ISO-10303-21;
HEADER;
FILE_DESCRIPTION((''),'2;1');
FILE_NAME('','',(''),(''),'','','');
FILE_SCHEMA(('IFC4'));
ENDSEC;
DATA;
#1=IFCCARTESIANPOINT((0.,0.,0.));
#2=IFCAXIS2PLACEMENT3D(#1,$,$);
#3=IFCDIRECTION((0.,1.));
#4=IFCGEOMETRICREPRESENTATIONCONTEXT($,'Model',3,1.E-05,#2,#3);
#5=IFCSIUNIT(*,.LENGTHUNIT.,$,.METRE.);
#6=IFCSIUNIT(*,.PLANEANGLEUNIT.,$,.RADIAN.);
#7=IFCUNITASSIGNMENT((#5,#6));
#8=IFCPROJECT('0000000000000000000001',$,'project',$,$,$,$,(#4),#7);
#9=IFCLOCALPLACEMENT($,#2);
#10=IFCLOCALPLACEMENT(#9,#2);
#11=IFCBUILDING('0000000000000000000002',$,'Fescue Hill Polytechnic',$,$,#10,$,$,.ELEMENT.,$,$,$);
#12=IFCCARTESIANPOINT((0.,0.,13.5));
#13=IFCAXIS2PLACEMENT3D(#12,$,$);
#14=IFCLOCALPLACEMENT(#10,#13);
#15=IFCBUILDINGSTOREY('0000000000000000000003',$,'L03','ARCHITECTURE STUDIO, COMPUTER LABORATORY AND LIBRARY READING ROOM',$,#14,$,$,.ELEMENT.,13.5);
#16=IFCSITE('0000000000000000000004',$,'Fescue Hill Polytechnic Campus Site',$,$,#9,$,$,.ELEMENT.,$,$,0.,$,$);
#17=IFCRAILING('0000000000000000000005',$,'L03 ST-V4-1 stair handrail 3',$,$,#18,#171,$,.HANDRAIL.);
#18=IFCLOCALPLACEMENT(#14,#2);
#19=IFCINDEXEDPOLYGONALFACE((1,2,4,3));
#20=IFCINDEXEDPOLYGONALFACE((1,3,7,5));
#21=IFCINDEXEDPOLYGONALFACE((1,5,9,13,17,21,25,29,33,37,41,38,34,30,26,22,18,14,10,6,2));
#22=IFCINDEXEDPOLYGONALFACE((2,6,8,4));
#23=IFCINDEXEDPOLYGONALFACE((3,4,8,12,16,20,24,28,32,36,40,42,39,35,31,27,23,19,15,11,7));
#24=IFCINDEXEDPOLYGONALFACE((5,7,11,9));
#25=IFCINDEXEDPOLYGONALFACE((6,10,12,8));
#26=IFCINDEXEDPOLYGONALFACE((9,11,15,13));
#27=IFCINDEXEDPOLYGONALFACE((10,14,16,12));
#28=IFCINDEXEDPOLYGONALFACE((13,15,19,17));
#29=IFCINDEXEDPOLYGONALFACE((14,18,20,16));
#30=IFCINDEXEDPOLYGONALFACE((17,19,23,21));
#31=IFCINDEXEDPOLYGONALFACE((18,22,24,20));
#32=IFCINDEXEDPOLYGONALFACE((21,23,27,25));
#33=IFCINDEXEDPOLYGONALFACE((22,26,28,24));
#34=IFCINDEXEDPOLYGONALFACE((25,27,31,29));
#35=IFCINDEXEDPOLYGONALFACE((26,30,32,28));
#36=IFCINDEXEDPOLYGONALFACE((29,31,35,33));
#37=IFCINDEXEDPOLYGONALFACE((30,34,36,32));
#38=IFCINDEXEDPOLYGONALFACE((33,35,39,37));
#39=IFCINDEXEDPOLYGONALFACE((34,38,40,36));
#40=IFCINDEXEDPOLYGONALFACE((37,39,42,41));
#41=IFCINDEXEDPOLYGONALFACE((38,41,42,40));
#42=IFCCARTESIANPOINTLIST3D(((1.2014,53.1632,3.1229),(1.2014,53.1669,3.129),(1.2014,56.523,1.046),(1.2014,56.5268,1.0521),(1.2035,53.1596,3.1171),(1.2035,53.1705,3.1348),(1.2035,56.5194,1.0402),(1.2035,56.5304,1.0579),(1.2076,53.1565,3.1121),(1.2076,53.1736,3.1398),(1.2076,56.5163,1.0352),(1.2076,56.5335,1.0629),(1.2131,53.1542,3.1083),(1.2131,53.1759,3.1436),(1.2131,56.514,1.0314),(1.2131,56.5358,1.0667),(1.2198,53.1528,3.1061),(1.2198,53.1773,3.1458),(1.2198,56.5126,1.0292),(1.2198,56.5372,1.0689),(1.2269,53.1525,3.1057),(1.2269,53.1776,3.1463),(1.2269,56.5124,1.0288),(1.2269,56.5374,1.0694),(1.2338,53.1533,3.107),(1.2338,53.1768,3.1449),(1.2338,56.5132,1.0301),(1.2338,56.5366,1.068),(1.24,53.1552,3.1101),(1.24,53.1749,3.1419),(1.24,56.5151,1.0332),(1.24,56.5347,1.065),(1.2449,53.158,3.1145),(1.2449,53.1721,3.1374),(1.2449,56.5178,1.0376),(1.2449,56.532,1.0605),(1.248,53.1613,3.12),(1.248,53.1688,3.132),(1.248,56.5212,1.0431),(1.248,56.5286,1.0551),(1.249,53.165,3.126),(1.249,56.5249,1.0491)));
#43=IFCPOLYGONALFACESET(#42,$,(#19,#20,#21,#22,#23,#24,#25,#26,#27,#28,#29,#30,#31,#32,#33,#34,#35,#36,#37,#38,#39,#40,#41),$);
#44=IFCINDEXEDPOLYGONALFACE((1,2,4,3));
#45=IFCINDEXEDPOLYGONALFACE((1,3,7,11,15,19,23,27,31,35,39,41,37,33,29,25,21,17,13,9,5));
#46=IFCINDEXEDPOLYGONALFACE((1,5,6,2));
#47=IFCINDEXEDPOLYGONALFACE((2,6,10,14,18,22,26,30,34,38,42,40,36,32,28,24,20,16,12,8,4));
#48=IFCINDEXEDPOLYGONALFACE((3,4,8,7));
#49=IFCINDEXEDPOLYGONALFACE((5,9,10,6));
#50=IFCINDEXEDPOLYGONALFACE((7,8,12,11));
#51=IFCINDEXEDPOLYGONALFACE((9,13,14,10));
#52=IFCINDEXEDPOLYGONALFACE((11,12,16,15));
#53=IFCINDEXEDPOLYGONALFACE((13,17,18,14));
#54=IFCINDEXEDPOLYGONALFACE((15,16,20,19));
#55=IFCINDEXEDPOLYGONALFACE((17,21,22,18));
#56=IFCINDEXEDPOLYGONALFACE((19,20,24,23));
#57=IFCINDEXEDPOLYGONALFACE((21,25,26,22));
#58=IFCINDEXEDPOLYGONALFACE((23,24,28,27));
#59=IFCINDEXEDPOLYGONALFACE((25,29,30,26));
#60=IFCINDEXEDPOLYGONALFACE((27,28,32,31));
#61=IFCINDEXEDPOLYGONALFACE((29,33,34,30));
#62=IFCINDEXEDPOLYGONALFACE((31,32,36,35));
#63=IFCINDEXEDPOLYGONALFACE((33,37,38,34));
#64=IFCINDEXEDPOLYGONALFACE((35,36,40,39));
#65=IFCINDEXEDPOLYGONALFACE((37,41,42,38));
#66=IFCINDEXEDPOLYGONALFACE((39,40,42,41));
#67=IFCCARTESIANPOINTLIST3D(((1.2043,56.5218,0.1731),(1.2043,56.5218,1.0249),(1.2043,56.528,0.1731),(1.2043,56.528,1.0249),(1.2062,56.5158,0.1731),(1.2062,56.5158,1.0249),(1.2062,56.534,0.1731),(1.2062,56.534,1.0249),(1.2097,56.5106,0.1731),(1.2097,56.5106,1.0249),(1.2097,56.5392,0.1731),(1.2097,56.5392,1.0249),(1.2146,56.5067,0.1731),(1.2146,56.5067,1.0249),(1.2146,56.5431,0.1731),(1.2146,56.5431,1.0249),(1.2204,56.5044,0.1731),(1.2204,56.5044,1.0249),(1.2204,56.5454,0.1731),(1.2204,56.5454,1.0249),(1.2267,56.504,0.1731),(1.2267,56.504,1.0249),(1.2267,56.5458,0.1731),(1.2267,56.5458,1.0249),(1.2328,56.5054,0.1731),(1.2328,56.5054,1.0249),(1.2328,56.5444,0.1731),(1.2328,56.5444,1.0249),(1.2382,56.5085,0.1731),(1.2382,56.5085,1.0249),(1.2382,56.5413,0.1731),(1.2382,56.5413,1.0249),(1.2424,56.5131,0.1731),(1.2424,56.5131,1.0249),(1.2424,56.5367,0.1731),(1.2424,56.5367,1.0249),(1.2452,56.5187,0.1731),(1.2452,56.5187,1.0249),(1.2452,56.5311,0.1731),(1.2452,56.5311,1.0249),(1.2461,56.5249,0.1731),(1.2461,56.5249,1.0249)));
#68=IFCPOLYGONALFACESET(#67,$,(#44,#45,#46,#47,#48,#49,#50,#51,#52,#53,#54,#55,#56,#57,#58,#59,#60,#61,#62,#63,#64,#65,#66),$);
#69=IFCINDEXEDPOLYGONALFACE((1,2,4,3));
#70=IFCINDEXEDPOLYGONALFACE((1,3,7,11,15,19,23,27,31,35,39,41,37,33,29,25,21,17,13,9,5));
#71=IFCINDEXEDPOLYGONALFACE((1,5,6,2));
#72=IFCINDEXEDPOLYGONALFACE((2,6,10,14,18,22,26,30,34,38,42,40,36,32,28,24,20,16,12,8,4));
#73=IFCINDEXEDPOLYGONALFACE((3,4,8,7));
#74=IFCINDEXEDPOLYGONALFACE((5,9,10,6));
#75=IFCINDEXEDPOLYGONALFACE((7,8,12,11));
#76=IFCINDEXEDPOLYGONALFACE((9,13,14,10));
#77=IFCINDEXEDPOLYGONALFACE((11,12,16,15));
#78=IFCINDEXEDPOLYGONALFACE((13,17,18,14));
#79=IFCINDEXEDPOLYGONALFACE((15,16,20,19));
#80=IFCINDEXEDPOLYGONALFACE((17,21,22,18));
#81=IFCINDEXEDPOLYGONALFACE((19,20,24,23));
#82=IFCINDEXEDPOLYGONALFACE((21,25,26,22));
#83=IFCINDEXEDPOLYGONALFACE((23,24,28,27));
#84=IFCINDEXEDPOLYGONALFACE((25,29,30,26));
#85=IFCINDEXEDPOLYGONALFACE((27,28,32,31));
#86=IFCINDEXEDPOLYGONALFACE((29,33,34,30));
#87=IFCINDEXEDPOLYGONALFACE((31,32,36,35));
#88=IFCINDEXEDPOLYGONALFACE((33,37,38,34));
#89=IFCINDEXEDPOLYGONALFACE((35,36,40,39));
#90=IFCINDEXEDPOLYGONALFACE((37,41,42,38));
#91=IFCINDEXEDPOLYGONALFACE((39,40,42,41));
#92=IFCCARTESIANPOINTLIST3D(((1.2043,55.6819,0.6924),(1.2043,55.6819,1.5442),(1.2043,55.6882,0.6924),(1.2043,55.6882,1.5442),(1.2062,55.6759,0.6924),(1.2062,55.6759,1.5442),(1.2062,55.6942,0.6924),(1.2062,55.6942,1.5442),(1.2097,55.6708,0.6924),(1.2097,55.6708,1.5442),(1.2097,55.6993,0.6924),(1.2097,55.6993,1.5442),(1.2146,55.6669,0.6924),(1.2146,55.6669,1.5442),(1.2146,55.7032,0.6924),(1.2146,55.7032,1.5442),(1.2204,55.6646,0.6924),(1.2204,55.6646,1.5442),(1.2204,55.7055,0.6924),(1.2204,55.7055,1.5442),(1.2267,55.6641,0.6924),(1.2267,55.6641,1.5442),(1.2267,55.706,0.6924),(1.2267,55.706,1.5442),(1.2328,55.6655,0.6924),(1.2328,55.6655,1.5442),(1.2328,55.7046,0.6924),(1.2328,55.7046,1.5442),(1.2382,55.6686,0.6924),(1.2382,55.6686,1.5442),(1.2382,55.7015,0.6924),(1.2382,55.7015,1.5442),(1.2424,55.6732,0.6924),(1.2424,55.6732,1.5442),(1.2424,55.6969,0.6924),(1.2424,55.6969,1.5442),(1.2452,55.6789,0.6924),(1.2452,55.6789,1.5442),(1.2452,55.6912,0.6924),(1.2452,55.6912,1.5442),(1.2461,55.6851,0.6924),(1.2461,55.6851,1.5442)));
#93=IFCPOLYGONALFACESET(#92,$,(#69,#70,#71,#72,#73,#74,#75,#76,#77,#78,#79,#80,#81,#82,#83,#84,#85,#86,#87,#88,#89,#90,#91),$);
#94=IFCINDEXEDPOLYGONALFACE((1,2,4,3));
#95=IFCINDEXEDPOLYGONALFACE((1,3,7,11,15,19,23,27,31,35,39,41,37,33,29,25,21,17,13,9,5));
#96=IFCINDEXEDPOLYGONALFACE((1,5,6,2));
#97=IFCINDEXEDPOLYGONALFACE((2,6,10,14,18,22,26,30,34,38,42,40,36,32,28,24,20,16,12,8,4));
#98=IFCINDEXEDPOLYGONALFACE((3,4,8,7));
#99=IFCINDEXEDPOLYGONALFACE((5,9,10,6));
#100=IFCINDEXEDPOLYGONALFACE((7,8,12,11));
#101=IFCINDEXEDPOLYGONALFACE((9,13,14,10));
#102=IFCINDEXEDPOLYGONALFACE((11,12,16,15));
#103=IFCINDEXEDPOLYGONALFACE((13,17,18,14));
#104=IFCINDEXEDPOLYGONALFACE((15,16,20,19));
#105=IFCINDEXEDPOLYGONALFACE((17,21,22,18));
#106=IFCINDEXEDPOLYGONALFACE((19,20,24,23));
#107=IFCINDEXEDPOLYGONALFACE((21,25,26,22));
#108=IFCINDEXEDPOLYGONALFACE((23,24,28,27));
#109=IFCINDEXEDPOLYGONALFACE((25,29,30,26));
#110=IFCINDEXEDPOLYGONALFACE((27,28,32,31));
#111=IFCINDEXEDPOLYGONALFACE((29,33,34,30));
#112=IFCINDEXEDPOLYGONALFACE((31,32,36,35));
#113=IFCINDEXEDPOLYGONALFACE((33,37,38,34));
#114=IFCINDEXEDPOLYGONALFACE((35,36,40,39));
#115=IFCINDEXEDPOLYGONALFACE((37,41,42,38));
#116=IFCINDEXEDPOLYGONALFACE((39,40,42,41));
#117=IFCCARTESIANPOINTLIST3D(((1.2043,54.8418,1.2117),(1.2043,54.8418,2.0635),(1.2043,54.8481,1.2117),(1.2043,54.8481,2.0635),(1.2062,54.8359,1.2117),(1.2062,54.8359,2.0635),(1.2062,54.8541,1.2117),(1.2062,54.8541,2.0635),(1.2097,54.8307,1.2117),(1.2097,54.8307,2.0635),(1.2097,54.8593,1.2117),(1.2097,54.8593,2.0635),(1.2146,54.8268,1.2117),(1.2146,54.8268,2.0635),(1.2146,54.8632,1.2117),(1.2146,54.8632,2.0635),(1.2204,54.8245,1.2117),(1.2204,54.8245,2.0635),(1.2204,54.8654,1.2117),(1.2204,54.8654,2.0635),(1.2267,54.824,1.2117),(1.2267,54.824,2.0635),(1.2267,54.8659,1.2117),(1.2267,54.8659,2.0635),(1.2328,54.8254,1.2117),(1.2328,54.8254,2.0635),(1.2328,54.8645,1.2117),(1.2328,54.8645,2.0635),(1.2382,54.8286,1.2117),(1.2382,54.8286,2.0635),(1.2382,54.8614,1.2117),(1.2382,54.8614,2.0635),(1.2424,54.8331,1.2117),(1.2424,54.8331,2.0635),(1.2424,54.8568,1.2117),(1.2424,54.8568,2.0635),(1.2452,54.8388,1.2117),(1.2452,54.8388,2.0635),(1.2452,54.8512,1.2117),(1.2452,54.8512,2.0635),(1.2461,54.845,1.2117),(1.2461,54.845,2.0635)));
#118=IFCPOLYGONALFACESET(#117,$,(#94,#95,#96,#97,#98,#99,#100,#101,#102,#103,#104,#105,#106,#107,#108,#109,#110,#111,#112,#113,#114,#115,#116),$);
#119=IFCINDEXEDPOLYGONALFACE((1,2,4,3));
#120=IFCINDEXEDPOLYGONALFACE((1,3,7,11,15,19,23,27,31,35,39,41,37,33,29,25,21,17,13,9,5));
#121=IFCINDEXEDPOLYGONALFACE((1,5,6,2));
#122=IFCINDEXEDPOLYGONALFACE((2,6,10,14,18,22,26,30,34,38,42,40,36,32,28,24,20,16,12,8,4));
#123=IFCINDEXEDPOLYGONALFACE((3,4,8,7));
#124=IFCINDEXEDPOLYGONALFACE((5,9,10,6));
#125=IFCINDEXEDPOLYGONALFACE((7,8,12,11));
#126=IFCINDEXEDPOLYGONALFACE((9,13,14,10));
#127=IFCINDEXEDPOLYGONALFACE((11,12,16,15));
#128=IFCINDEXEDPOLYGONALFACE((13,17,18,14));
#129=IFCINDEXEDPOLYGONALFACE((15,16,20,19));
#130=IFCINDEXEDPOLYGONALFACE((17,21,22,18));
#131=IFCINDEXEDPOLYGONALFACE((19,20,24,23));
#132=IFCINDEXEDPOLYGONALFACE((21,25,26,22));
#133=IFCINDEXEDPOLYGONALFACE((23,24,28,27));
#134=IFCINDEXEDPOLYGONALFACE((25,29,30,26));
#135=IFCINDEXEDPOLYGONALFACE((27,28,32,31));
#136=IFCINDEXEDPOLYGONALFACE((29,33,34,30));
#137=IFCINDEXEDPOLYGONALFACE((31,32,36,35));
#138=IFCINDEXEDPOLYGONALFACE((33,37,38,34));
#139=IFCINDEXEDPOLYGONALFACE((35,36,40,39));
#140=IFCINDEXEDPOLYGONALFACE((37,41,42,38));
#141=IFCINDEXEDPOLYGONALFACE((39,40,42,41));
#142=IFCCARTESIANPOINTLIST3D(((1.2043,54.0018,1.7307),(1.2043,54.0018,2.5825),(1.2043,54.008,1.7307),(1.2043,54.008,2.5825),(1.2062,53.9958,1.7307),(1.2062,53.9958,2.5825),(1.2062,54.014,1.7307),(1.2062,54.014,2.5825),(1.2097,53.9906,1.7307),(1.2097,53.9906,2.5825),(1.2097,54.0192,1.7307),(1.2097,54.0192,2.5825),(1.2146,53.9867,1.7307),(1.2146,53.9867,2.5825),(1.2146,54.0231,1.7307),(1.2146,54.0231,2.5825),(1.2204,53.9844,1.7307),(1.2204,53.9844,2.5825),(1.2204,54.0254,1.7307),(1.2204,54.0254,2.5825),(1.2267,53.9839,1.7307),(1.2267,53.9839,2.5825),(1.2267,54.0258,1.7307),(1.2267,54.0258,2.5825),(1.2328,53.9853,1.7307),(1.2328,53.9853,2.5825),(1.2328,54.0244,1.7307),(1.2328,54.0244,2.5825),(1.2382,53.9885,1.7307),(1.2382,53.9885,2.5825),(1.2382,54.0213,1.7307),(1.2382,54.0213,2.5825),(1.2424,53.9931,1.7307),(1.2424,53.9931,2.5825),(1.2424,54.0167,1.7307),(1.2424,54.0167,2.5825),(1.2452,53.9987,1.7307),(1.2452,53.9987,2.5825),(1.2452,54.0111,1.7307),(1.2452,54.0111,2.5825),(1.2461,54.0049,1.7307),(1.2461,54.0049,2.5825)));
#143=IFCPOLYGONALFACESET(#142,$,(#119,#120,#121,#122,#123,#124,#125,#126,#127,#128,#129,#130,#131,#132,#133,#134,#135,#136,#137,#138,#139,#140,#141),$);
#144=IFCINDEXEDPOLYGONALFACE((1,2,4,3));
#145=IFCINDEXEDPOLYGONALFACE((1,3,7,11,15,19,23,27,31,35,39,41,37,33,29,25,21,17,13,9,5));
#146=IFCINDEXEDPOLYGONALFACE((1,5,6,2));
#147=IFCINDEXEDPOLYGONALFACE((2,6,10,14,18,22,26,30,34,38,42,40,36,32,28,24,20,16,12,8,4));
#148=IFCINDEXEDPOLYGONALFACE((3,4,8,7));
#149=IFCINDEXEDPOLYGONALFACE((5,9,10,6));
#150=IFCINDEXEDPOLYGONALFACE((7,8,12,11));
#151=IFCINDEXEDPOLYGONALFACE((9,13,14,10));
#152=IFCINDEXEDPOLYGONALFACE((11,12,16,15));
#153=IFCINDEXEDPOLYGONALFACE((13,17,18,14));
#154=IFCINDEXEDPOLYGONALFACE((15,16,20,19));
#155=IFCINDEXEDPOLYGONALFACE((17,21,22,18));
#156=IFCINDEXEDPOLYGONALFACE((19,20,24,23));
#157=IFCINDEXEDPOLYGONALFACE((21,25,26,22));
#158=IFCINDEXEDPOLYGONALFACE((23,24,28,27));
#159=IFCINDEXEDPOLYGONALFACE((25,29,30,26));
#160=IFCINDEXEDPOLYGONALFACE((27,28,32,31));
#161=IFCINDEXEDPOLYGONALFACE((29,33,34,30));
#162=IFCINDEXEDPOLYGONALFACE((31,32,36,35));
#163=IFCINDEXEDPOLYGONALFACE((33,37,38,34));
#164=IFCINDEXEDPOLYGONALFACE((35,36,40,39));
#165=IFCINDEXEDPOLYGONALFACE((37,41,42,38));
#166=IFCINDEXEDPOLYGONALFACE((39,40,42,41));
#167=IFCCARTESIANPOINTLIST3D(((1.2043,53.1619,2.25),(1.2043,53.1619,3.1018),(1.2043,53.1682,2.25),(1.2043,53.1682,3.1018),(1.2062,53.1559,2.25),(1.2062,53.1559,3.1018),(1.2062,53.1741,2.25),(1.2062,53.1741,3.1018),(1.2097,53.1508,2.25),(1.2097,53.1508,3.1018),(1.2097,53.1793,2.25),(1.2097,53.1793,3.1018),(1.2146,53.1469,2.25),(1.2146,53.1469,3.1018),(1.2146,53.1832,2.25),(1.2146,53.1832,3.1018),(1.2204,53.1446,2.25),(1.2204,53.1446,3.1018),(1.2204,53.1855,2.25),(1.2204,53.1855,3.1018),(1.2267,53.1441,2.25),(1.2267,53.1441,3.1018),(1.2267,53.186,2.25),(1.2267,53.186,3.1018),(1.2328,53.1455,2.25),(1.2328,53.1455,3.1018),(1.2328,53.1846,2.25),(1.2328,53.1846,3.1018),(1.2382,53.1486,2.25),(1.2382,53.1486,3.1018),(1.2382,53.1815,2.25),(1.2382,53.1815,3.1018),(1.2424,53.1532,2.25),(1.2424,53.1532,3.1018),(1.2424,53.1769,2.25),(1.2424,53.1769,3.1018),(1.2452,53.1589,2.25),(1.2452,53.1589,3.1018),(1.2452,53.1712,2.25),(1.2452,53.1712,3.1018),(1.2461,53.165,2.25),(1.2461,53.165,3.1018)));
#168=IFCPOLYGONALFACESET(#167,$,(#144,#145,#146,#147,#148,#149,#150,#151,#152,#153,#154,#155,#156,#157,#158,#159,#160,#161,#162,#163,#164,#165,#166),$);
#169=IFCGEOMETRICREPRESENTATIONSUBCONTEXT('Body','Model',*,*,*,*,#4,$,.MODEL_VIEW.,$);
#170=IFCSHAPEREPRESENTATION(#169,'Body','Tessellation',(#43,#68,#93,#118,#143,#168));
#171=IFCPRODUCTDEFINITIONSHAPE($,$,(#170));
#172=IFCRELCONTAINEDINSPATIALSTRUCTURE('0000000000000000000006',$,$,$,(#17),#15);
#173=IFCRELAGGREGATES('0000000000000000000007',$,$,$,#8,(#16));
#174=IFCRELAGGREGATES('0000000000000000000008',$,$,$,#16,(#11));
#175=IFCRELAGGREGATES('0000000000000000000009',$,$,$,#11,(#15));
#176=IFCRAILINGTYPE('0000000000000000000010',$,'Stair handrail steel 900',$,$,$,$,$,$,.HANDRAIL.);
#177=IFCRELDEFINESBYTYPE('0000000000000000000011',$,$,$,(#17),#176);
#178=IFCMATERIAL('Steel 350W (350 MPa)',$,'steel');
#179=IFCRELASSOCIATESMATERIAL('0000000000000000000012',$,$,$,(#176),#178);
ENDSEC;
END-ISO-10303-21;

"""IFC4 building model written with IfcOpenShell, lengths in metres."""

from ifc_helpers import new_model, si_unit, direction, frame, origin, origin_2d, place, context, subcontext, project, spatial, circle, extrude, material, type_object, element, save


model = new_model("IFC4")

# Units and contexts
model_context = context("Model", 3, precision=1e-05, world=origin(), true_north=direction((0.0, 1.0)))
body_context = subcontext(model_context, "Body", "Model", "MODEL_VIEW")
ifc_project = project(units=[si_unit("LENGTHUNIT", "METRE"), si_unit("PLANEANGLEUNIT", "RADIAN")], contexts=[model_context])

# Site, building, storey
site_placement = place(None, origin())
site = spatial("IfcSite", under=ifc_project, at=site_placement, Name="Fescue Hill Polytechnic Campus Site", CompositionType="ELEMENT", RefElevation=0.0)
building_placement = place(site_placement, origin())
building = spatial("IfcBuilding", under=site, at=building_placement, Name="Fescue Hill Polytechnic", CompositionType="ELEMENT")
storey_placement = place(building_placement, frame((0.0, 0.0, 13.5)))
storey = spatial("IfcBuildingStorey", under=building, at=storey_placement, Name="L03", Description="ARCHITECTURE STUDIO, COMPUTER LABORATORY AND LIBRARY READING ROOM", CompositionType="ELEMENT", Elevation=13.5)

# Railing
ifc_material_1 = material(Name="Steel 350W (350 MPa)", Category="steel")
railing_type_1 = type_object("IfcRailingType", Name="Stair handrail steel 900", PredefinedType="HANDRAIL", material=ifc_material_1)
for number, where, name in (
    (1, (1.2251, 56.5249, 0.1731), "L03 ST-V4-1 stair handrail 3"),
):
    element("IfcRailing", number, at=place(storey_placement, frame(where)), inside=storey, type_object=railing_type_1, Name=name, PredefinedType="HANDRAIL", context=body_context, shape_type="SweptSolid", body=[
        extrude(circle(Radius=0.0239, at=origin_2d()), frame((0.0, 0.0, 0.876), z_axis=(0.0, -0.850606, 0.525803), x_axis=(1.0, 0.0, 0.0)), (0.0, 0.0, 1.0), 3.95),
        extrude(circle(Radius=0.021, at=origin_2d()), origin(), (0.0, 0.0, 1.0), 0.8518),
        extrude(circle(Radius=0.021, at=origin_2d()), frame((0.0, -0.8398, 0.5193)), (0.0, 0.0, 1.0), 0.8518),
        extrude(circle(Radius=0.021, at=origin_2d()), frame((0.0, -1.6799, 1.0386)), (0.0, 0.0, 1.0), 0.8518),
        extrude(circle(Radius=0.021, at=origin_2d()), frame((0.0, -2.52, 1.5576)), (0.0, 0.0, 1.0), 0.8518),
        extrude(circle(Radius=0.021, at=origin_2d()), frame((0.0, -3.3599, 2.0769)), (0.0, 0.0, 1.0), 0.8518),
    ])

save(model, "model.ifc")
